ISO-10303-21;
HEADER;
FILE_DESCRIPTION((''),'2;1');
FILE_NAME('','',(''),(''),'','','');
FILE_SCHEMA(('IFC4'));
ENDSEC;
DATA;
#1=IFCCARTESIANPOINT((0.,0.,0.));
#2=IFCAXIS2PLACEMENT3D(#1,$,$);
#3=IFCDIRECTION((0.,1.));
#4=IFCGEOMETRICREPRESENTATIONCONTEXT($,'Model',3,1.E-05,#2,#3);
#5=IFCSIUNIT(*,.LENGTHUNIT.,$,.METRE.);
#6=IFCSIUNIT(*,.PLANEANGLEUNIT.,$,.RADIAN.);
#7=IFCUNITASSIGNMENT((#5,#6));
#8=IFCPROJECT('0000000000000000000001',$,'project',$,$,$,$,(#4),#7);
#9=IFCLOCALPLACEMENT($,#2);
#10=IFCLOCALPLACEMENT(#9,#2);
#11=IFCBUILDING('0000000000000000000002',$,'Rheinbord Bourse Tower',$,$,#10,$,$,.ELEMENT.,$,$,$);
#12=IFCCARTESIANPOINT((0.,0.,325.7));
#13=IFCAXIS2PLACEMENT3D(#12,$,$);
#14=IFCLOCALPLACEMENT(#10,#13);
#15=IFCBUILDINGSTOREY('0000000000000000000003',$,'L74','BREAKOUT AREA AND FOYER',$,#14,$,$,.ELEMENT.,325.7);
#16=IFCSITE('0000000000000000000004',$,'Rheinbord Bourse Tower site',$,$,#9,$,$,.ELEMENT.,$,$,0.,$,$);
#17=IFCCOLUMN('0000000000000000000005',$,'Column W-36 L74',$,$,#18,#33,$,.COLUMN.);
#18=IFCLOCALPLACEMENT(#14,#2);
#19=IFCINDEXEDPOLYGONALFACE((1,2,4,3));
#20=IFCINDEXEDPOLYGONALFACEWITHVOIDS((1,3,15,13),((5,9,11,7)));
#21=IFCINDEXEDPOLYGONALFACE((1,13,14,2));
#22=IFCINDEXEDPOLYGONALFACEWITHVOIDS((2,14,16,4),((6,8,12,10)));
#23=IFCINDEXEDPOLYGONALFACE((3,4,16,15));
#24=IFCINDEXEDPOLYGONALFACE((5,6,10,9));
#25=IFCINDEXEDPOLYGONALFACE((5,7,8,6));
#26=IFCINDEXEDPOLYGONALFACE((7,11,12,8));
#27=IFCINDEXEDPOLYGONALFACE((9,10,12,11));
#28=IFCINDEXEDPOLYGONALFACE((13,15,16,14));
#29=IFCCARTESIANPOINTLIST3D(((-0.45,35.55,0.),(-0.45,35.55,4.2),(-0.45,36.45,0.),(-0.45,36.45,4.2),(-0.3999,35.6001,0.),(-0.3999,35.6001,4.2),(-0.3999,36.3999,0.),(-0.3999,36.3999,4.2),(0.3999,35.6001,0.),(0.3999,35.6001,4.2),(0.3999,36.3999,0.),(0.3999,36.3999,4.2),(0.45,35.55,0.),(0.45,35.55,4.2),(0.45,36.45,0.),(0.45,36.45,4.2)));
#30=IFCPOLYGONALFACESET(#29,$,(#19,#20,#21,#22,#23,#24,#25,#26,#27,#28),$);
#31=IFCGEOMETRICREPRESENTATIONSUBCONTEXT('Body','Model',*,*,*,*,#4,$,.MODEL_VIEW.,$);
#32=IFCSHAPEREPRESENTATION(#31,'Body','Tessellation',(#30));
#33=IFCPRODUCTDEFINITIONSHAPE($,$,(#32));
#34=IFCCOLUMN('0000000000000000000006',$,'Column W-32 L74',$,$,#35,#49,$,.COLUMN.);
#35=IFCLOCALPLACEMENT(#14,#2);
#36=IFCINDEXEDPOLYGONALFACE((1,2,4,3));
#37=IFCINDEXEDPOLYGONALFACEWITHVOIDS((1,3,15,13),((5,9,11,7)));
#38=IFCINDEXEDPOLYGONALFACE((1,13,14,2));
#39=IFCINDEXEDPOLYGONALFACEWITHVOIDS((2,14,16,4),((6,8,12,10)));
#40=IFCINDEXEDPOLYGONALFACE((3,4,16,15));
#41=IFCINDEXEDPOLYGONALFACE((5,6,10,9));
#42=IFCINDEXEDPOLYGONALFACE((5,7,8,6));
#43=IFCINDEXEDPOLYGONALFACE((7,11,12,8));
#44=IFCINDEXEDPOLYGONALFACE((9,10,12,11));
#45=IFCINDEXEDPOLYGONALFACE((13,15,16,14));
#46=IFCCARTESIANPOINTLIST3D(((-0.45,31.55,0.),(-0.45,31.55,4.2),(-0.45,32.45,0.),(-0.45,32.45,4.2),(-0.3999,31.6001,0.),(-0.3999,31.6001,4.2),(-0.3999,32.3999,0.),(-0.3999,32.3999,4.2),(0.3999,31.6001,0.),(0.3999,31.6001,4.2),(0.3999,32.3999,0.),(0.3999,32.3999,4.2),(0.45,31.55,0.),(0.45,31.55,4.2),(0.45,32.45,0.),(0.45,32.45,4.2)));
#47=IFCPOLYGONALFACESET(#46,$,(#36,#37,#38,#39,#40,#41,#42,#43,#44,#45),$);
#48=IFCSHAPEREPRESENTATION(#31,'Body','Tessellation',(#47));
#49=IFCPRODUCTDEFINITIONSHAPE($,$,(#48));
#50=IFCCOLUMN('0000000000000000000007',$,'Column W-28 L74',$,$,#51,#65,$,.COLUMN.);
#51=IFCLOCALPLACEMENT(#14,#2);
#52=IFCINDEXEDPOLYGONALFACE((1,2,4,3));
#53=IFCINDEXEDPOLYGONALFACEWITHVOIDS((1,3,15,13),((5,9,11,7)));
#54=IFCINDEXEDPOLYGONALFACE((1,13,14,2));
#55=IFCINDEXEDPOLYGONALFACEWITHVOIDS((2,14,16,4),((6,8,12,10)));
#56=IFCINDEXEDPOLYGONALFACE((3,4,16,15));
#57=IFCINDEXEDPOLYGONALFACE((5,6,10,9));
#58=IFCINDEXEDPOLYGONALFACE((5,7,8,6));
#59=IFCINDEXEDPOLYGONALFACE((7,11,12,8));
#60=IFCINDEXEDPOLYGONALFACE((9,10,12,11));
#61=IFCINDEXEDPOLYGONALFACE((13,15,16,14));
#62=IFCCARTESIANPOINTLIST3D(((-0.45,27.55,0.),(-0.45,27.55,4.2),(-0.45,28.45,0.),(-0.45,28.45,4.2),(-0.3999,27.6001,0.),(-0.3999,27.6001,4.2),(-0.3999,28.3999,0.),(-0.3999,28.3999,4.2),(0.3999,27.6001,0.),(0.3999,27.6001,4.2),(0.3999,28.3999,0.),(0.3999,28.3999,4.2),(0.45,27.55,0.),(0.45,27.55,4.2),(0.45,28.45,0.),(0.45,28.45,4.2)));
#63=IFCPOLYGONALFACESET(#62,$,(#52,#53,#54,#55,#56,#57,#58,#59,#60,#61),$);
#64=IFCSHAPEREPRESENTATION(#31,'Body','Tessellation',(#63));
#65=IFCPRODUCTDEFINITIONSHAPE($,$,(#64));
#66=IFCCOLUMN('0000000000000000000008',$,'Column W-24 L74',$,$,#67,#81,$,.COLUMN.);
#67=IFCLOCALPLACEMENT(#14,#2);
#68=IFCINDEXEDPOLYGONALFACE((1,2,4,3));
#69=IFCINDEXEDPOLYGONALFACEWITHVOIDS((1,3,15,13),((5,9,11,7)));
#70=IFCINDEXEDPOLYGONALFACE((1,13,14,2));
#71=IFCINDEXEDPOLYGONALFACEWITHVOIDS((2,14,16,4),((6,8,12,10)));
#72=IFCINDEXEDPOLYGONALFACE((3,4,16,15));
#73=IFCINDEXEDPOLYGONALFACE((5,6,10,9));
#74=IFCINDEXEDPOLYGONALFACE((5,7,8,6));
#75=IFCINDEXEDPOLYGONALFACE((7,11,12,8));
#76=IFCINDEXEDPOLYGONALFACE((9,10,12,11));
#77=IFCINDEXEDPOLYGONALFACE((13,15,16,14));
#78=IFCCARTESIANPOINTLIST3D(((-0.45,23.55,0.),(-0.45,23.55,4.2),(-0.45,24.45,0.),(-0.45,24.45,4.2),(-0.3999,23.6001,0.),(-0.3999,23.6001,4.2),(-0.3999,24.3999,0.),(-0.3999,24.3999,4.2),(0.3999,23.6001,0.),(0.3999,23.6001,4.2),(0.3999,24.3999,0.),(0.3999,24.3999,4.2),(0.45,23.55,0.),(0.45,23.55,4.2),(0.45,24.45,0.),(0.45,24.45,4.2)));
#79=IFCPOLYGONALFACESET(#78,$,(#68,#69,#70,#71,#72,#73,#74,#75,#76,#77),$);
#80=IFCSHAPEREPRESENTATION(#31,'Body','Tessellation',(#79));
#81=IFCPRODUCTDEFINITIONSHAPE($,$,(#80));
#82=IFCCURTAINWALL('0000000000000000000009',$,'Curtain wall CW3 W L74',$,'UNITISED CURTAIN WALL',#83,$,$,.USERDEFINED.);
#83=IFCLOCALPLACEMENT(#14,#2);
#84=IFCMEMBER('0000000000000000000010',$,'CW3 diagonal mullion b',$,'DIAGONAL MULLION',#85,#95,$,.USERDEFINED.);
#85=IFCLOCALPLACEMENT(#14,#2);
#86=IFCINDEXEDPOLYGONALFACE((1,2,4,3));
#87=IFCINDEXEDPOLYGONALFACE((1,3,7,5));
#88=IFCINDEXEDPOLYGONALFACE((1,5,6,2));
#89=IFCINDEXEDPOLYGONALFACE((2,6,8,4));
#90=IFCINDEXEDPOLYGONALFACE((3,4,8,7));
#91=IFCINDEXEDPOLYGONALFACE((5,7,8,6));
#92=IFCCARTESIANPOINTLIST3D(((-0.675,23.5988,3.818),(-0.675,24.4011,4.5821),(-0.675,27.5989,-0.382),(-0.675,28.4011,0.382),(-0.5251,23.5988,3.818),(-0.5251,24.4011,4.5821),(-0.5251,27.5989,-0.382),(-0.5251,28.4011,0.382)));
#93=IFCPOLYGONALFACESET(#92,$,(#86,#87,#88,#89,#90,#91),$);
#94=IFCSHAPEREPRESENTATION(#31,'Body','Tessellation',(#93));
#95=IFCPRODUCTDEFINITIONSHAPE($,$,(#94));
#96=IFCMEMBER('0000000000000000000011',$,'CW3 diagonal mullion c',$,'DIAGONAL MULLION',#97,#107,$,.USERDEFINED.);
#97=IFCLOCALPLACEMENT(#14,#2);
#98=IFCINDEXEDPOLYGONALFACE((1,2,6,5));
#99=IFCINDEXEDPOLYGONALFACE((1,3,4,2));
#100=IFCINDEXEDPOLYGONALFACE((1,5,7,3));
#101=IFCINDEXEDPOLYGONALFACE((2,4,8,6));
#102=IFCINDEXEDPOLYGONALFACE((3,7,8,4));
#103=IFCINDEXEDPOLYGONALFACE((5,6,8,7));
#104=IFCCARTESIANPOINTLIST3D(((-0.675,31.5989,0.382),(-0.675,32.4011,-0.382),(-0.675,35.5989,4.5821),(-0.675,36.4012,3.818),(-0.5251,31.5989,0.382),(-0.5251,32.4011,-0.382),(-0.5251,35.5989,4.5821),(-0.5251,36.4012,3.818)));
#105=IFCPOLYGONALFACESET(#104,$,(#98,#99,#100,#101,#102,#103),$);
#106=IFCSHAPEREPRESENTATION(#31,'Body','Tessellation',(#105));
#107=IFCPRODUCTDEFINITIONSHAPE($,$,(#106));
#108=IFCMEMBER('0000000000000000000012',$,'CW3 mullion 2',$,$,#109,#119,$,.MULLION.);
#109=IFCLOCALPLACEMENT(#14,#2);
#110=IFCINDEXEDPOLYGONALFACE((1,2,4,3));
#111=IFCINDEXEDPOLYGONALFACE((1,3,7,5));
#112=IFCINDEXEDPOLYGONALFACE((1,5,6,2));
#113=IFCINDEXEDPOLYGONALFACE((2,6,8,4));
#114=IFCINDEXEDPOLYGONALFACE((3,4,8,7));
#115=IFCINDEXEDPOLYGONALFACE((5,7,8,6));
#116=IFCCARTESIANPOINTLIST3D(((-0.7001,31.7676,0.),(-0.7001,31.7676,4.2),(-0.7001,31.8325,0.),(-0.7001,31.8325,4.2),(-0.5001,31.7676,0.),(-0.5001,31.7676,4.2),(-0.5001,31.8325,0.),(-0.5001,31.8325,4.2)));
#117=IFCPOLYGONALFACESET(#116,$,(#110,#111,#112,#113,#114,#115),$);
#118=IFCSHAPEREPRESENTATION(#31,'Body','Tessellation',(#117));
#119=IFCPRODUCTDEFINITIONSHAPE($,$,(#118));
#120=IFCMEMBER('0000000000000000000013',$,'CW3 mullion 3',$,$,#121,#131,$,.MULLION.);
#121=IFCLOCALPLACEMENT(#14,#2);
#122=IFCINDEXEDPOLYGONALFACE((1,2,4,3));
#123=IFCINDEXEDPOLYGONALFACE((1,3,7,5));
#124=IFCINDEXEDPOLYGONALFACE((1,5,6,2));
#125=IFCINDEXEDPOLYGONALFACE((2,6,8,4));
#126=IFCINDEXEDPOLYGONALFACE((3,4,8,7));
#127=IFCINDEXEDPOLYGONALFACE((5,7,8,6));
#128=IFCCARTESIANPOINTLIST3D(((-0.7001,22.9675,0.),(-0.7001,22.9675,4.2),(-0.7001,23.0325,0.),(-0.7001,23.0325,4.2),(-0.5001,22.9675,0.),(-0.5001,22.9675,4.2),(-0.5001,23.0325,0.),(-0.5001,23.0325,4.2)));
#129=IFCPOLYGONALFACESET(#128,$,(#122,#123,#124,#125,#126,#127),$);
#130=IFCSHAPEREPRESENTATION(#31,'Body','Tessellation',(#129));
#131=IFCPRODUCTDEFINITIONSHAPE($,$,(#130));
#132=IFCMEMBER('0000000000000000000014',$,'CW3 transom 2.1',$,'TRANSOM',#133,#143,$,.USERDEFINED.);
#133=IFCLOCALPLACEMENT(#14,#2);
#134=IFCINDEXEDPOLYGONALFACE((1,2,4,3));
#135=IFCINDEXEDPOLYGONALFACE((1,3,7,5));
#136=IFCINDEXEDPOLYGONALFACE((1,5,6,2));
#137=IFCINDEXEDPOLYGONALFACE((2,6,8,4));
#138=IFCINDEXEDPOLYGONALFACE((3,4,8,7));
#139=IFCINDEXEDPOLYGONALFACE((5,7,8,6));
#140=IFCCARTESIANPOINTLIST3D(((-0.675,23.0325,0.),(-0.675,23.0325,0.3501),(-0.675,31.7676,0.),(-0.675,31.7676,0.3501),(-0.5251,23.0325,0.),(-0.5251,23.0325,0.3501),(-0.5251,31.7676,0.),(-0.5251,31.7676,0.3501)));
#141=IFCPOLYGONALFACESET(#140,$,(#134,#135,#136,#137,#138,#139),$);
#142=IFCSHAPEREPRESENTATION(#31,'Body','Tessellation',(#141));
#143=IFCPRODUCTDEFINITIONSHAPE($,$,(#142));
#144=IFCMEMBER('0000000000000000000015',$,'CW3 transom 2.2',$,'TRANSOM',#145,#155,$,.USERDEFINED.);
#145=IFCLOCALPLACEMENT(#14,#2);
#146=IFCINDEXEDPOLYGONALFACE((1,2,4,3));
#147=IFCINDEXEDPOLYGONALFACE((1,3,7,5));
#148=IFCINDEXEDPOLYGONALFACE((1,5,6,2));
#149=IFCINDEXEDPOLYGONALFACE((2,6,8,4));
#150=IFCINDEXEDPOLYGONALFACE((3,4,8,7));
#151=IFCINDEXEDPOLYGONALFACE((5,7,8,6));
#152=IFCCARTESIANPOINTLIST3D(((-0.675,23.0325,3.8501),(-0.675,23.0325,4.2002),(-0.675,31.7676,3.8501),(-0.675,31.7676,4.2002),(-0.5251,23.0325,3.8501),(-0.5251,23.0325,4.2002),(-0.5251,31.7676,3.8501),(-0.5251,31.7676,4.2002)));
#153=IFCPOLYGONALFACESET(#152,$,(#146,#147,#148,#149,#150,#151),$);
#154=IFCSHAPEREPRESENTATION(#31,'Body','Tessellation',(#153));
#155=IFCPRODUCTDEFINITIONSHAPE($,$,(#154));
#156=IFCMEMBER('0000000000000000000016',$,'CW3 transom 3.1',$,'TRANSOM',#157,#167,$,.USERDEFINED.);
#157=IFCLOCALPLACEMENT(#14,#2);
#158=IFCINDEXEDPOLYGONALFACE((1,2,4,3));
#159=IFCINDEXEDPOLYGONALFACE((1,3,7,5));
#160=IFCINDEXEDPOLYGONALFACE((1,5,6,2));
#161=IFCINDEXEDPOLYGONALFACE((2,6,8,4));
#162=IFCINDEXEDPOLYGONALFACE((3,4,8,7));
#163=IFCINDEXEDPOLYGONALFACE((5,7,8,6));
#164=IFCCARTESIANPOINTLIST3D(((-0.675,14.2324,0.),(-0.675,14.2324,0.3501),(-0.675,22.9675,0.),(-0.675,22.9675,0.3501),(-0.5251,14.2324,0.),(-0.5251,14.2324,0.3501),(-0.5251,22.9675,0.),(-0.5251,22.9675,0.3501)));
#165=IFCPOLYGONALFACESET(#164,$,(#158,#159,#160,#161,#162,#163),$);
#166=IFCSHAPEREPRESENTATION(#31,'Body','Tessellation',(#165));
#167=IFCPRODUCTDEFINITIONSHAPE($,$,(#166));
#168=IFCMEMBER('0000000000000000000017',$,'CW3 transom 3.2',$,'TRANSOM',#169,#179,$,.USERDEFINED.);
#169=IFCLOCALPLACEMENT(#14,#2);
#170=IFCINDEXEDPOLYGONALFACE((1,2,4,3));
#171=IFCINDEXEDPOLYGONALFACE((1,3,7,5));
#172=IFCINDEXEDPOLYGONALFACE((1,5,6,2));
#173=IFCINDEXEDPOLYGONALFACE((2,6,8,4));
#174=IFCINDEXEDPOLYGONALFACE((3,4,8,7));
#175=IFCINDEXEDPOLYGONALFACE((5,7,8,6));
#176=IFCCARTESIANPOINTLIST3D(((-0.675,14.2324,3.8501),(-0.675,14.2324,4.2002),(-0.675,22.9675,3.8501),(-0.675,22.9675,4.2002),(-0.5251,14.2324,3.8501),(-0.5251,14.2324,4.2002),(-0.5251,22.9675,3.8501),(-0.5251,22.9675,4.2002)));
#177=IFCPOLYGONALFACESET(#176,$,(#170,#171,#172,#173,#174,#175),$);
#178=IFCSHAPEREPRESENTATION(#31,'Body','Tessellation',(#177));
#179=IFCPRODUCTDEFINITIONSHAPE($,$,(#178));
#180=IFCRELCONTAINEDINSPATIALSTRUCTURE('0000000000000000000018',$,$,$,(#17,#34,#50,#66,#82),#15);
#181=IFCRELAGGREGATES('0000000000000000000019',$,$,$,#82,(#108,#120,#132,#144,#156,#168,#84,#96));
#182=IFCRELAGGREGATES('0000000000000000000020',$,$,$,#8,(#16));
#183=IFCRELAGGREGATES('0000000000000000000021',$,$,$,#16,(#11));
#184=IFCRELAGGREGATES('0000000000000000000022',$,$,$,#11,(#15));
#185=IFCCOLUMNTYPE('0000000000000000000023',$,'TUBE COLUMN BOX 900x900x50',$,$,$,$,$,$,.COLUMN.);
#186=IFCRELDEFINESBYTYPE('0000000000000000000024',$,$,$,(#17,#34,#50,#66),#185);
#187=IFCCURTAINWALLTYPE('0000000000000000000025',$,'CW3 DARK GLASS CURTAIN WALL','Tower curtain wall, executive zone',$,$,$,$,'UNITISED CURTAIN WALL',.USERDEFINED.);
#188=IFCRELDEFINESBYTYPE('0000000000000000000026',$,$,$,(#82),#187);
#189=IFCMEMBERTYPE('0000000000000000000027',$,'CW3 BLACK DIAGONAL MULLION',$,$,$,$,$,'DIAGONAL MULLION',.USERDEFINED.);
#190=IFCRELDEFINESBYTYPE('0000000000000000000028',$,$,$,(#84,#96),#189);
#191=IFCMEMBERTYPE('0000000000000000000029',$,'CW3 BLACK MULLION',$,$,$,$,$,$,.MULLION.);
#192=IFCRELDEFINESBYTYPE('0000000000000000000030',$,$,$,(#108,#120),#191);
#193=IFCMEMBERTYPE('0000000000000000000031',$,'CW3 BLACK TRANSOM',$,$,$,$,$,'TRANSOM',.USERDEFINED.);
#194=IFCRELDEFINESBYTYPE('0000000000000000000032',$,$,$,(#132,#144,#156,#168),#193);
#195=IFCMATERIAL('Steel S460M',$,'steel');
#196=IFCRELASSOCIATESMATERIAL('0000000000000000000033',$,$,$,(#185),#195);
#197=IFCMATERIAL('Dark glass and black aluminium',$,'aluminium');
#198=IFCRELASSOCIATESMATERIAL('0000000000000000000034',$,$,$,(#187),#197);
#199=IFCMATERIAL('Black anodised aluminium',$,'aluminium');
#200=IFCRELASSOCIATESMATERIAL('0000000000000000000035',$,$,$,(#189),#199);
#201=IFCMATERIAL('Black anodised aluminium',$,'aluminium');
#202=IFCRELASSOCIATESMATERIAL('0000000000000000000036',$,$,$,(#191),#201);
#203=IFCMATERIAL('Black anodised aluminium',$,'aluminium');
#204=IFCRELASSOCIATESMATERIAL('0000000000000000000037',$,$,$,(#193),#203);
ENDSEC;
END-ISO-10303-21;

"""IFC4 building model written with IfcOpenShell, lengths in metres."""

from ifc_helpers import new_model, si_unit, direction, frame, origin, origin_2d, place, context, subcontext, project, spatial, rectangle, hollow_rectangle, extrude, material, material_profile, profile_set, type_object, element, aggregate, save


model = new_model("IFC4")

# Units and contexts
model_context = context("Model", 3, precision=1e-05, world=origin(), true_north=direction((0.0, 1.0)))
body_context = subcontext(model_context, "Body", "Model", "MODEL_VIEW")
ifc_project = project(units=[si_unit("LENGTHUNIT", "METRE"), si_unit("PLANEANGLEUNIT", "RADIAN")], contexts=[model_context])

# Site, building, storey
site_placement = place(None, origin())
site = spatial("IfcSite", under=ifc_project, at=site_placement, Name="Rheinbord Bourse Tower site", CompositionType="ELEMENT", RefElevation=0.0)
building_placement = place(site_placement, origin())
building = spatial("IfcBuilding", under=site, at=building_placement, Name="Rheinbord Bourse Tower", CompositionType="ELEMENT")
storey_placement = place(building_placement, frame((0.0, 0.0, 325.7)))
storey = spatial("IfcBuildingStorey", under=building, at=storey_placement, Name="L74", Description="BREAKOUT AREA AND FOYER", CompositionType="ELEMENT", Elevation=325.7)

# Columns
ifc_material_1 = material(Name="Steel S460M", Category="steel")
ifc_material_profile_1 = material_profile(ifc_material_1, hollow_rectangle(XDim=0.8999, YDim=0.8999, WallThickness=0.05, at=origin_2d()), Name="BOX 900x900x50")
ifc_profile_set_1 = profile_set([ifc_material_profile_1], Name="Steel S460M")
column_type = type_object("IfcColumnType", Name="TUBE COLUMN BOX 900x900x50", PredefinedType="COLUMN", material=ifc_profile_set_1)
for number, where, z_axis, x_axis, name in (
    (1, (0.0, 36.0, 0.0), (0.0, 0.0, 1.0), (1.0, 0.0, 0.0), "Column W-36 L74"),
    (2, (0.0, 32.0, 0.0), (0.0, 0.0, 1.0), (1.0, 0.0, 0.0), "Column W-32 L74"),
    (3, (0.0, 28.0, 0.0), (0.0, 0.0, 1.0), (1.0, 0.0, 0.0), "Column W-28 L74"),
    (4, (0.0, 24.0, 0.0), (0.0, 0.0, 1.0), (1.0, 0.0, 0.0), "Column W-24 L74"),
):
    element("IfcColumn", number, at=place(storey_placement, frame(where, z_axis=z_axis, x_axis=x_axis)), inside=storey, type_object=column_type, Name=name, PredefinedType="COLUMN", context=body_context, shape_type="SweptSolid", body=[
        extrude(hollow_rectangle(XDim=0.8999, YDim=0.8999, WallThickness=0.05, at=origin_2d()), origin(), (0.0, 0.0, 1.0), 4.2),
    ])

# Curtain wall, members
ifc_material_2 = material(Name="Dark glass and black aluminium", Category="aluminium")
curtain_wall_type = type_object("IfcCurtainWallType", Name="CW3 DARK GLASS CURTAIN WALL", Description="Tower curtain wall, executive zone", ElementType="UNITISED CURTAIN WALL", PredefinedType="USERDEFINED", material=ifc_material_2)
curtain_wall_placement = place(storey_placement, origin())
curtain_wall = element("IfcCurtainWall", 5, at=curtain_wall_placement, inside=storey, type_object=curtain_wall_type, Name="Curtain wall CW3 W L74", ObjectType="UNITISED CURTAIN WALL", PredefinedType="USERDEFINED")
ifc_material_3 = material(Name="Black anodised aluminium", Category="aluminium")
ifc_material_profile_2 = material_profile(ifc_material_3, rectangle(XDim=0.1499, YDim=1.1079, at=origin_2d()), Name="CW3 DIAGONAL MULLION 1108x150")
ifc_profile_set_2 = profile_set([ifc_material_profile_2], Name="Black anodised aluminium")
member_type_1 = type_object("IfcMemberType", Name="CW3 BLACK DIAGONAL MULLION", ElementType="DIAGONAL MULLION", PredefinedType="USERDEFINED", material=ifc_profile_set_2)
member_1_placement = place(storey_placement, frame((-0.6001, 28.0, 0.0), z_axis=(0.0, -0.689659, 0.724134), x_axis=(1.0, 0.0, 0.0)))
member_1 = element("IfcMember", 6, at=member_1_placement, type_object=member_type_1, Name="CW3 diagonal mullion b", ObjectType="DIAGONAL MULLION", PredefinedType="USERDEFINED", context=body_context, shape_type="SweptSolid", body=[
    extrude(rectangle(XDim=0.1499, YDim=1.1079, at=origin_2d()), origin(), (0.0, 0.0, 1.0), 5.8),
])
member_2_placement = place(storey_placement, frame((-0.6001, 32.0, 0.0), z_axis=(0.0, 0.689659, 0.724134), x_axis=(-1.0, 0.0, 0.0)))
member_2 = element("IfcMember", 7, at=member_2_placement, type_object=member_type_1, Name="CW3 diagonal mullion c", ObjectType="DIAGONAL MULLION", PredefinedType="USERDEFINED", context=body_context, shape_type="SweptSolid", body=[
    extrude(rectangle(XDim=0.1499, YDim=1.1079, at=origin_2d()), origin(), (0.0, 0.0, 1.0), 5.8),
])
ifc_material_4 = material(Name="Black anodised aluminium", Category="aluminium")
ifc_material_profile_3 = material_profile(ifc_material_4, rectangle(XDim=0.2, YDim=0.0649, at=origin_2d()), Name="CW3 MULLION 65x200")
ifc_profile_set_3 = profile_set([ifc_material_profile_3], Name="Black anodised aluminium")
member_type_2 = type_object("IfcMemberType", Name="CW3 BLACK MULLION", PredefinedType="MULLION", material=ifc_profile_set_3)
member_3_placement = place(storey_placement, frame((-0.6001, 31.8, 0.0), z_axis=(0.0, 0.0, 1.0), x_axis=(1.0, 0.0, 0.0)))
member_3 = element("IfcMember", 8, at=member_3_placement, type_object=member_type_2, Name="CW3 mullion 2", PredefinedType="MULLION", context=body_context, shape_type="SweptSolid", body=[
    extrude(rectangle(XDim=0.2, YDim=0.0649, at=origin_2d()), origin(), (0.0, 0.0, 1.0), 4.2),
])
member_4_placement = place(storey_placement, frame((-0.6001, 23.0, 0.0), z_axis=(0.0, 0.0, 1.0), x_axis=(1.0, 0.0, 0.0)))
member_4 = element("IfcMember", 9, at=member_4_placement, type_object=member_type_2, Name="CW3 mullion 3", PredefinedType="MULLION", context=body_context, shape_type="SweptSolid", body=[
    extrude(rectangle(XDim=0.2, YDim=0.0649, at=origin_2d()), origin(), (0.0, 0.0, 1.0), 4.2),
])
ifc_material_5 = material(Name="Black anodised aluminium", Category="aluminium")
ifc_material_profile_4 = material_profile(ifc_material_5, rectangle(XDim=0.1499, YDim=0.3501, at=origin_2d()), Name="CW3 TRANSOM 350x150")
ifc_profile_set_4 = profile_set([ifc_material_profile_4], Name="Black anodised aluminium")
member_type_3 = type_object("IfcMemberType", Name="CW3 BLACK TRANSOM", ElementType="TRANSOM", PredefinedType="USERDEFINED", material=ifc_profile_set_4)
member_5_placement = place(storey_placement, frame((-0.6001, 31.7676, 0.175), z_axis=(0.0, -1.0, 0.0), x_axis=(1.0, 0.0, 0.0)))
member_5 = element("IfcMember", 10, at=member_5_placement, type_object=member_type_3, Name="CW3 transom 2.1", ObjectType="TRANSOM", PredefinedType="USERDEFINED", context=body_context, shape_type="SweptSolid", body=[
    extrude(rectangle(XDim=0.1499, YDim=0.3501, at=origin_2d()), origin(), (0.0, 0.0, 1.0), 8.7351),
])
member_6_placement = place(storey_placement, frame((-0.6001, 31.7676, 4.0251), z_axis=(0.0, -1.0, 0.0), x_axis=(1.0, 0.0, 0.0)))
member_6 = element("IfcMember", 11, at=member_6_placement, type_object=member_type_3, Name="CW3 transom 2.2", ObjectType="TRANSOM", PredefinedType="USERDEFINED", context=body_context, shape_type="SweptSolid", body=[
    extrude(rectangle(XDim=0.1499, YDim=0.3501, at=origin_2d()), origin(), (0.0, 0.0, 1.0), 8.7351),
])
member_7_placement = place(storey_placement, frame((-0.6001, 22.9675, 0.175), z_axis=(0.0, -1.0, 0.0), x_axis=(1.0, 0.0, 0.0)))
member_7 = element("IfcMember", 12, at=member_7_placement, type_object=member_type_3, Name="CW3 transom 3.1", ObjectType="TRANSOM", PredefinedType="USERDEFINED", context=body_context, shape_type="SweptSolid", body=[
    extrude(rectangle(XDim=0.1499, YDim=0.3501, at=origin_2d()), origin(), (0.0, 0.0, 1.0), 8.7351),
])
member_8_placement = place(storey_placement, frame((-0.6001, 22.9675, 4.0251), z_axis=(0.0, -1.0, 0.0), x_axis=(1.0, 0.0, 0.0)))
member_8 = element("IfcMember", 13, at=member_8_placement, type_object=member_type_3, Name="CW3 transom 3.2", ObjectType="TRANSOM", PredefinedType="USERDEFINED", context=body_context, shape_type="SweptSolid", body=[
    extrude(rectangle(XDim=0.1499, YDim=0.3501, at=origin_2d()), origin(), (0.0, 0.0, 1.0), 8.7351),
])

aggregate(curtain_wall, [member_3, member_4, member_5, member_6, member_7, member_8, member_1, member_2])

save(model, "model.ifc")
